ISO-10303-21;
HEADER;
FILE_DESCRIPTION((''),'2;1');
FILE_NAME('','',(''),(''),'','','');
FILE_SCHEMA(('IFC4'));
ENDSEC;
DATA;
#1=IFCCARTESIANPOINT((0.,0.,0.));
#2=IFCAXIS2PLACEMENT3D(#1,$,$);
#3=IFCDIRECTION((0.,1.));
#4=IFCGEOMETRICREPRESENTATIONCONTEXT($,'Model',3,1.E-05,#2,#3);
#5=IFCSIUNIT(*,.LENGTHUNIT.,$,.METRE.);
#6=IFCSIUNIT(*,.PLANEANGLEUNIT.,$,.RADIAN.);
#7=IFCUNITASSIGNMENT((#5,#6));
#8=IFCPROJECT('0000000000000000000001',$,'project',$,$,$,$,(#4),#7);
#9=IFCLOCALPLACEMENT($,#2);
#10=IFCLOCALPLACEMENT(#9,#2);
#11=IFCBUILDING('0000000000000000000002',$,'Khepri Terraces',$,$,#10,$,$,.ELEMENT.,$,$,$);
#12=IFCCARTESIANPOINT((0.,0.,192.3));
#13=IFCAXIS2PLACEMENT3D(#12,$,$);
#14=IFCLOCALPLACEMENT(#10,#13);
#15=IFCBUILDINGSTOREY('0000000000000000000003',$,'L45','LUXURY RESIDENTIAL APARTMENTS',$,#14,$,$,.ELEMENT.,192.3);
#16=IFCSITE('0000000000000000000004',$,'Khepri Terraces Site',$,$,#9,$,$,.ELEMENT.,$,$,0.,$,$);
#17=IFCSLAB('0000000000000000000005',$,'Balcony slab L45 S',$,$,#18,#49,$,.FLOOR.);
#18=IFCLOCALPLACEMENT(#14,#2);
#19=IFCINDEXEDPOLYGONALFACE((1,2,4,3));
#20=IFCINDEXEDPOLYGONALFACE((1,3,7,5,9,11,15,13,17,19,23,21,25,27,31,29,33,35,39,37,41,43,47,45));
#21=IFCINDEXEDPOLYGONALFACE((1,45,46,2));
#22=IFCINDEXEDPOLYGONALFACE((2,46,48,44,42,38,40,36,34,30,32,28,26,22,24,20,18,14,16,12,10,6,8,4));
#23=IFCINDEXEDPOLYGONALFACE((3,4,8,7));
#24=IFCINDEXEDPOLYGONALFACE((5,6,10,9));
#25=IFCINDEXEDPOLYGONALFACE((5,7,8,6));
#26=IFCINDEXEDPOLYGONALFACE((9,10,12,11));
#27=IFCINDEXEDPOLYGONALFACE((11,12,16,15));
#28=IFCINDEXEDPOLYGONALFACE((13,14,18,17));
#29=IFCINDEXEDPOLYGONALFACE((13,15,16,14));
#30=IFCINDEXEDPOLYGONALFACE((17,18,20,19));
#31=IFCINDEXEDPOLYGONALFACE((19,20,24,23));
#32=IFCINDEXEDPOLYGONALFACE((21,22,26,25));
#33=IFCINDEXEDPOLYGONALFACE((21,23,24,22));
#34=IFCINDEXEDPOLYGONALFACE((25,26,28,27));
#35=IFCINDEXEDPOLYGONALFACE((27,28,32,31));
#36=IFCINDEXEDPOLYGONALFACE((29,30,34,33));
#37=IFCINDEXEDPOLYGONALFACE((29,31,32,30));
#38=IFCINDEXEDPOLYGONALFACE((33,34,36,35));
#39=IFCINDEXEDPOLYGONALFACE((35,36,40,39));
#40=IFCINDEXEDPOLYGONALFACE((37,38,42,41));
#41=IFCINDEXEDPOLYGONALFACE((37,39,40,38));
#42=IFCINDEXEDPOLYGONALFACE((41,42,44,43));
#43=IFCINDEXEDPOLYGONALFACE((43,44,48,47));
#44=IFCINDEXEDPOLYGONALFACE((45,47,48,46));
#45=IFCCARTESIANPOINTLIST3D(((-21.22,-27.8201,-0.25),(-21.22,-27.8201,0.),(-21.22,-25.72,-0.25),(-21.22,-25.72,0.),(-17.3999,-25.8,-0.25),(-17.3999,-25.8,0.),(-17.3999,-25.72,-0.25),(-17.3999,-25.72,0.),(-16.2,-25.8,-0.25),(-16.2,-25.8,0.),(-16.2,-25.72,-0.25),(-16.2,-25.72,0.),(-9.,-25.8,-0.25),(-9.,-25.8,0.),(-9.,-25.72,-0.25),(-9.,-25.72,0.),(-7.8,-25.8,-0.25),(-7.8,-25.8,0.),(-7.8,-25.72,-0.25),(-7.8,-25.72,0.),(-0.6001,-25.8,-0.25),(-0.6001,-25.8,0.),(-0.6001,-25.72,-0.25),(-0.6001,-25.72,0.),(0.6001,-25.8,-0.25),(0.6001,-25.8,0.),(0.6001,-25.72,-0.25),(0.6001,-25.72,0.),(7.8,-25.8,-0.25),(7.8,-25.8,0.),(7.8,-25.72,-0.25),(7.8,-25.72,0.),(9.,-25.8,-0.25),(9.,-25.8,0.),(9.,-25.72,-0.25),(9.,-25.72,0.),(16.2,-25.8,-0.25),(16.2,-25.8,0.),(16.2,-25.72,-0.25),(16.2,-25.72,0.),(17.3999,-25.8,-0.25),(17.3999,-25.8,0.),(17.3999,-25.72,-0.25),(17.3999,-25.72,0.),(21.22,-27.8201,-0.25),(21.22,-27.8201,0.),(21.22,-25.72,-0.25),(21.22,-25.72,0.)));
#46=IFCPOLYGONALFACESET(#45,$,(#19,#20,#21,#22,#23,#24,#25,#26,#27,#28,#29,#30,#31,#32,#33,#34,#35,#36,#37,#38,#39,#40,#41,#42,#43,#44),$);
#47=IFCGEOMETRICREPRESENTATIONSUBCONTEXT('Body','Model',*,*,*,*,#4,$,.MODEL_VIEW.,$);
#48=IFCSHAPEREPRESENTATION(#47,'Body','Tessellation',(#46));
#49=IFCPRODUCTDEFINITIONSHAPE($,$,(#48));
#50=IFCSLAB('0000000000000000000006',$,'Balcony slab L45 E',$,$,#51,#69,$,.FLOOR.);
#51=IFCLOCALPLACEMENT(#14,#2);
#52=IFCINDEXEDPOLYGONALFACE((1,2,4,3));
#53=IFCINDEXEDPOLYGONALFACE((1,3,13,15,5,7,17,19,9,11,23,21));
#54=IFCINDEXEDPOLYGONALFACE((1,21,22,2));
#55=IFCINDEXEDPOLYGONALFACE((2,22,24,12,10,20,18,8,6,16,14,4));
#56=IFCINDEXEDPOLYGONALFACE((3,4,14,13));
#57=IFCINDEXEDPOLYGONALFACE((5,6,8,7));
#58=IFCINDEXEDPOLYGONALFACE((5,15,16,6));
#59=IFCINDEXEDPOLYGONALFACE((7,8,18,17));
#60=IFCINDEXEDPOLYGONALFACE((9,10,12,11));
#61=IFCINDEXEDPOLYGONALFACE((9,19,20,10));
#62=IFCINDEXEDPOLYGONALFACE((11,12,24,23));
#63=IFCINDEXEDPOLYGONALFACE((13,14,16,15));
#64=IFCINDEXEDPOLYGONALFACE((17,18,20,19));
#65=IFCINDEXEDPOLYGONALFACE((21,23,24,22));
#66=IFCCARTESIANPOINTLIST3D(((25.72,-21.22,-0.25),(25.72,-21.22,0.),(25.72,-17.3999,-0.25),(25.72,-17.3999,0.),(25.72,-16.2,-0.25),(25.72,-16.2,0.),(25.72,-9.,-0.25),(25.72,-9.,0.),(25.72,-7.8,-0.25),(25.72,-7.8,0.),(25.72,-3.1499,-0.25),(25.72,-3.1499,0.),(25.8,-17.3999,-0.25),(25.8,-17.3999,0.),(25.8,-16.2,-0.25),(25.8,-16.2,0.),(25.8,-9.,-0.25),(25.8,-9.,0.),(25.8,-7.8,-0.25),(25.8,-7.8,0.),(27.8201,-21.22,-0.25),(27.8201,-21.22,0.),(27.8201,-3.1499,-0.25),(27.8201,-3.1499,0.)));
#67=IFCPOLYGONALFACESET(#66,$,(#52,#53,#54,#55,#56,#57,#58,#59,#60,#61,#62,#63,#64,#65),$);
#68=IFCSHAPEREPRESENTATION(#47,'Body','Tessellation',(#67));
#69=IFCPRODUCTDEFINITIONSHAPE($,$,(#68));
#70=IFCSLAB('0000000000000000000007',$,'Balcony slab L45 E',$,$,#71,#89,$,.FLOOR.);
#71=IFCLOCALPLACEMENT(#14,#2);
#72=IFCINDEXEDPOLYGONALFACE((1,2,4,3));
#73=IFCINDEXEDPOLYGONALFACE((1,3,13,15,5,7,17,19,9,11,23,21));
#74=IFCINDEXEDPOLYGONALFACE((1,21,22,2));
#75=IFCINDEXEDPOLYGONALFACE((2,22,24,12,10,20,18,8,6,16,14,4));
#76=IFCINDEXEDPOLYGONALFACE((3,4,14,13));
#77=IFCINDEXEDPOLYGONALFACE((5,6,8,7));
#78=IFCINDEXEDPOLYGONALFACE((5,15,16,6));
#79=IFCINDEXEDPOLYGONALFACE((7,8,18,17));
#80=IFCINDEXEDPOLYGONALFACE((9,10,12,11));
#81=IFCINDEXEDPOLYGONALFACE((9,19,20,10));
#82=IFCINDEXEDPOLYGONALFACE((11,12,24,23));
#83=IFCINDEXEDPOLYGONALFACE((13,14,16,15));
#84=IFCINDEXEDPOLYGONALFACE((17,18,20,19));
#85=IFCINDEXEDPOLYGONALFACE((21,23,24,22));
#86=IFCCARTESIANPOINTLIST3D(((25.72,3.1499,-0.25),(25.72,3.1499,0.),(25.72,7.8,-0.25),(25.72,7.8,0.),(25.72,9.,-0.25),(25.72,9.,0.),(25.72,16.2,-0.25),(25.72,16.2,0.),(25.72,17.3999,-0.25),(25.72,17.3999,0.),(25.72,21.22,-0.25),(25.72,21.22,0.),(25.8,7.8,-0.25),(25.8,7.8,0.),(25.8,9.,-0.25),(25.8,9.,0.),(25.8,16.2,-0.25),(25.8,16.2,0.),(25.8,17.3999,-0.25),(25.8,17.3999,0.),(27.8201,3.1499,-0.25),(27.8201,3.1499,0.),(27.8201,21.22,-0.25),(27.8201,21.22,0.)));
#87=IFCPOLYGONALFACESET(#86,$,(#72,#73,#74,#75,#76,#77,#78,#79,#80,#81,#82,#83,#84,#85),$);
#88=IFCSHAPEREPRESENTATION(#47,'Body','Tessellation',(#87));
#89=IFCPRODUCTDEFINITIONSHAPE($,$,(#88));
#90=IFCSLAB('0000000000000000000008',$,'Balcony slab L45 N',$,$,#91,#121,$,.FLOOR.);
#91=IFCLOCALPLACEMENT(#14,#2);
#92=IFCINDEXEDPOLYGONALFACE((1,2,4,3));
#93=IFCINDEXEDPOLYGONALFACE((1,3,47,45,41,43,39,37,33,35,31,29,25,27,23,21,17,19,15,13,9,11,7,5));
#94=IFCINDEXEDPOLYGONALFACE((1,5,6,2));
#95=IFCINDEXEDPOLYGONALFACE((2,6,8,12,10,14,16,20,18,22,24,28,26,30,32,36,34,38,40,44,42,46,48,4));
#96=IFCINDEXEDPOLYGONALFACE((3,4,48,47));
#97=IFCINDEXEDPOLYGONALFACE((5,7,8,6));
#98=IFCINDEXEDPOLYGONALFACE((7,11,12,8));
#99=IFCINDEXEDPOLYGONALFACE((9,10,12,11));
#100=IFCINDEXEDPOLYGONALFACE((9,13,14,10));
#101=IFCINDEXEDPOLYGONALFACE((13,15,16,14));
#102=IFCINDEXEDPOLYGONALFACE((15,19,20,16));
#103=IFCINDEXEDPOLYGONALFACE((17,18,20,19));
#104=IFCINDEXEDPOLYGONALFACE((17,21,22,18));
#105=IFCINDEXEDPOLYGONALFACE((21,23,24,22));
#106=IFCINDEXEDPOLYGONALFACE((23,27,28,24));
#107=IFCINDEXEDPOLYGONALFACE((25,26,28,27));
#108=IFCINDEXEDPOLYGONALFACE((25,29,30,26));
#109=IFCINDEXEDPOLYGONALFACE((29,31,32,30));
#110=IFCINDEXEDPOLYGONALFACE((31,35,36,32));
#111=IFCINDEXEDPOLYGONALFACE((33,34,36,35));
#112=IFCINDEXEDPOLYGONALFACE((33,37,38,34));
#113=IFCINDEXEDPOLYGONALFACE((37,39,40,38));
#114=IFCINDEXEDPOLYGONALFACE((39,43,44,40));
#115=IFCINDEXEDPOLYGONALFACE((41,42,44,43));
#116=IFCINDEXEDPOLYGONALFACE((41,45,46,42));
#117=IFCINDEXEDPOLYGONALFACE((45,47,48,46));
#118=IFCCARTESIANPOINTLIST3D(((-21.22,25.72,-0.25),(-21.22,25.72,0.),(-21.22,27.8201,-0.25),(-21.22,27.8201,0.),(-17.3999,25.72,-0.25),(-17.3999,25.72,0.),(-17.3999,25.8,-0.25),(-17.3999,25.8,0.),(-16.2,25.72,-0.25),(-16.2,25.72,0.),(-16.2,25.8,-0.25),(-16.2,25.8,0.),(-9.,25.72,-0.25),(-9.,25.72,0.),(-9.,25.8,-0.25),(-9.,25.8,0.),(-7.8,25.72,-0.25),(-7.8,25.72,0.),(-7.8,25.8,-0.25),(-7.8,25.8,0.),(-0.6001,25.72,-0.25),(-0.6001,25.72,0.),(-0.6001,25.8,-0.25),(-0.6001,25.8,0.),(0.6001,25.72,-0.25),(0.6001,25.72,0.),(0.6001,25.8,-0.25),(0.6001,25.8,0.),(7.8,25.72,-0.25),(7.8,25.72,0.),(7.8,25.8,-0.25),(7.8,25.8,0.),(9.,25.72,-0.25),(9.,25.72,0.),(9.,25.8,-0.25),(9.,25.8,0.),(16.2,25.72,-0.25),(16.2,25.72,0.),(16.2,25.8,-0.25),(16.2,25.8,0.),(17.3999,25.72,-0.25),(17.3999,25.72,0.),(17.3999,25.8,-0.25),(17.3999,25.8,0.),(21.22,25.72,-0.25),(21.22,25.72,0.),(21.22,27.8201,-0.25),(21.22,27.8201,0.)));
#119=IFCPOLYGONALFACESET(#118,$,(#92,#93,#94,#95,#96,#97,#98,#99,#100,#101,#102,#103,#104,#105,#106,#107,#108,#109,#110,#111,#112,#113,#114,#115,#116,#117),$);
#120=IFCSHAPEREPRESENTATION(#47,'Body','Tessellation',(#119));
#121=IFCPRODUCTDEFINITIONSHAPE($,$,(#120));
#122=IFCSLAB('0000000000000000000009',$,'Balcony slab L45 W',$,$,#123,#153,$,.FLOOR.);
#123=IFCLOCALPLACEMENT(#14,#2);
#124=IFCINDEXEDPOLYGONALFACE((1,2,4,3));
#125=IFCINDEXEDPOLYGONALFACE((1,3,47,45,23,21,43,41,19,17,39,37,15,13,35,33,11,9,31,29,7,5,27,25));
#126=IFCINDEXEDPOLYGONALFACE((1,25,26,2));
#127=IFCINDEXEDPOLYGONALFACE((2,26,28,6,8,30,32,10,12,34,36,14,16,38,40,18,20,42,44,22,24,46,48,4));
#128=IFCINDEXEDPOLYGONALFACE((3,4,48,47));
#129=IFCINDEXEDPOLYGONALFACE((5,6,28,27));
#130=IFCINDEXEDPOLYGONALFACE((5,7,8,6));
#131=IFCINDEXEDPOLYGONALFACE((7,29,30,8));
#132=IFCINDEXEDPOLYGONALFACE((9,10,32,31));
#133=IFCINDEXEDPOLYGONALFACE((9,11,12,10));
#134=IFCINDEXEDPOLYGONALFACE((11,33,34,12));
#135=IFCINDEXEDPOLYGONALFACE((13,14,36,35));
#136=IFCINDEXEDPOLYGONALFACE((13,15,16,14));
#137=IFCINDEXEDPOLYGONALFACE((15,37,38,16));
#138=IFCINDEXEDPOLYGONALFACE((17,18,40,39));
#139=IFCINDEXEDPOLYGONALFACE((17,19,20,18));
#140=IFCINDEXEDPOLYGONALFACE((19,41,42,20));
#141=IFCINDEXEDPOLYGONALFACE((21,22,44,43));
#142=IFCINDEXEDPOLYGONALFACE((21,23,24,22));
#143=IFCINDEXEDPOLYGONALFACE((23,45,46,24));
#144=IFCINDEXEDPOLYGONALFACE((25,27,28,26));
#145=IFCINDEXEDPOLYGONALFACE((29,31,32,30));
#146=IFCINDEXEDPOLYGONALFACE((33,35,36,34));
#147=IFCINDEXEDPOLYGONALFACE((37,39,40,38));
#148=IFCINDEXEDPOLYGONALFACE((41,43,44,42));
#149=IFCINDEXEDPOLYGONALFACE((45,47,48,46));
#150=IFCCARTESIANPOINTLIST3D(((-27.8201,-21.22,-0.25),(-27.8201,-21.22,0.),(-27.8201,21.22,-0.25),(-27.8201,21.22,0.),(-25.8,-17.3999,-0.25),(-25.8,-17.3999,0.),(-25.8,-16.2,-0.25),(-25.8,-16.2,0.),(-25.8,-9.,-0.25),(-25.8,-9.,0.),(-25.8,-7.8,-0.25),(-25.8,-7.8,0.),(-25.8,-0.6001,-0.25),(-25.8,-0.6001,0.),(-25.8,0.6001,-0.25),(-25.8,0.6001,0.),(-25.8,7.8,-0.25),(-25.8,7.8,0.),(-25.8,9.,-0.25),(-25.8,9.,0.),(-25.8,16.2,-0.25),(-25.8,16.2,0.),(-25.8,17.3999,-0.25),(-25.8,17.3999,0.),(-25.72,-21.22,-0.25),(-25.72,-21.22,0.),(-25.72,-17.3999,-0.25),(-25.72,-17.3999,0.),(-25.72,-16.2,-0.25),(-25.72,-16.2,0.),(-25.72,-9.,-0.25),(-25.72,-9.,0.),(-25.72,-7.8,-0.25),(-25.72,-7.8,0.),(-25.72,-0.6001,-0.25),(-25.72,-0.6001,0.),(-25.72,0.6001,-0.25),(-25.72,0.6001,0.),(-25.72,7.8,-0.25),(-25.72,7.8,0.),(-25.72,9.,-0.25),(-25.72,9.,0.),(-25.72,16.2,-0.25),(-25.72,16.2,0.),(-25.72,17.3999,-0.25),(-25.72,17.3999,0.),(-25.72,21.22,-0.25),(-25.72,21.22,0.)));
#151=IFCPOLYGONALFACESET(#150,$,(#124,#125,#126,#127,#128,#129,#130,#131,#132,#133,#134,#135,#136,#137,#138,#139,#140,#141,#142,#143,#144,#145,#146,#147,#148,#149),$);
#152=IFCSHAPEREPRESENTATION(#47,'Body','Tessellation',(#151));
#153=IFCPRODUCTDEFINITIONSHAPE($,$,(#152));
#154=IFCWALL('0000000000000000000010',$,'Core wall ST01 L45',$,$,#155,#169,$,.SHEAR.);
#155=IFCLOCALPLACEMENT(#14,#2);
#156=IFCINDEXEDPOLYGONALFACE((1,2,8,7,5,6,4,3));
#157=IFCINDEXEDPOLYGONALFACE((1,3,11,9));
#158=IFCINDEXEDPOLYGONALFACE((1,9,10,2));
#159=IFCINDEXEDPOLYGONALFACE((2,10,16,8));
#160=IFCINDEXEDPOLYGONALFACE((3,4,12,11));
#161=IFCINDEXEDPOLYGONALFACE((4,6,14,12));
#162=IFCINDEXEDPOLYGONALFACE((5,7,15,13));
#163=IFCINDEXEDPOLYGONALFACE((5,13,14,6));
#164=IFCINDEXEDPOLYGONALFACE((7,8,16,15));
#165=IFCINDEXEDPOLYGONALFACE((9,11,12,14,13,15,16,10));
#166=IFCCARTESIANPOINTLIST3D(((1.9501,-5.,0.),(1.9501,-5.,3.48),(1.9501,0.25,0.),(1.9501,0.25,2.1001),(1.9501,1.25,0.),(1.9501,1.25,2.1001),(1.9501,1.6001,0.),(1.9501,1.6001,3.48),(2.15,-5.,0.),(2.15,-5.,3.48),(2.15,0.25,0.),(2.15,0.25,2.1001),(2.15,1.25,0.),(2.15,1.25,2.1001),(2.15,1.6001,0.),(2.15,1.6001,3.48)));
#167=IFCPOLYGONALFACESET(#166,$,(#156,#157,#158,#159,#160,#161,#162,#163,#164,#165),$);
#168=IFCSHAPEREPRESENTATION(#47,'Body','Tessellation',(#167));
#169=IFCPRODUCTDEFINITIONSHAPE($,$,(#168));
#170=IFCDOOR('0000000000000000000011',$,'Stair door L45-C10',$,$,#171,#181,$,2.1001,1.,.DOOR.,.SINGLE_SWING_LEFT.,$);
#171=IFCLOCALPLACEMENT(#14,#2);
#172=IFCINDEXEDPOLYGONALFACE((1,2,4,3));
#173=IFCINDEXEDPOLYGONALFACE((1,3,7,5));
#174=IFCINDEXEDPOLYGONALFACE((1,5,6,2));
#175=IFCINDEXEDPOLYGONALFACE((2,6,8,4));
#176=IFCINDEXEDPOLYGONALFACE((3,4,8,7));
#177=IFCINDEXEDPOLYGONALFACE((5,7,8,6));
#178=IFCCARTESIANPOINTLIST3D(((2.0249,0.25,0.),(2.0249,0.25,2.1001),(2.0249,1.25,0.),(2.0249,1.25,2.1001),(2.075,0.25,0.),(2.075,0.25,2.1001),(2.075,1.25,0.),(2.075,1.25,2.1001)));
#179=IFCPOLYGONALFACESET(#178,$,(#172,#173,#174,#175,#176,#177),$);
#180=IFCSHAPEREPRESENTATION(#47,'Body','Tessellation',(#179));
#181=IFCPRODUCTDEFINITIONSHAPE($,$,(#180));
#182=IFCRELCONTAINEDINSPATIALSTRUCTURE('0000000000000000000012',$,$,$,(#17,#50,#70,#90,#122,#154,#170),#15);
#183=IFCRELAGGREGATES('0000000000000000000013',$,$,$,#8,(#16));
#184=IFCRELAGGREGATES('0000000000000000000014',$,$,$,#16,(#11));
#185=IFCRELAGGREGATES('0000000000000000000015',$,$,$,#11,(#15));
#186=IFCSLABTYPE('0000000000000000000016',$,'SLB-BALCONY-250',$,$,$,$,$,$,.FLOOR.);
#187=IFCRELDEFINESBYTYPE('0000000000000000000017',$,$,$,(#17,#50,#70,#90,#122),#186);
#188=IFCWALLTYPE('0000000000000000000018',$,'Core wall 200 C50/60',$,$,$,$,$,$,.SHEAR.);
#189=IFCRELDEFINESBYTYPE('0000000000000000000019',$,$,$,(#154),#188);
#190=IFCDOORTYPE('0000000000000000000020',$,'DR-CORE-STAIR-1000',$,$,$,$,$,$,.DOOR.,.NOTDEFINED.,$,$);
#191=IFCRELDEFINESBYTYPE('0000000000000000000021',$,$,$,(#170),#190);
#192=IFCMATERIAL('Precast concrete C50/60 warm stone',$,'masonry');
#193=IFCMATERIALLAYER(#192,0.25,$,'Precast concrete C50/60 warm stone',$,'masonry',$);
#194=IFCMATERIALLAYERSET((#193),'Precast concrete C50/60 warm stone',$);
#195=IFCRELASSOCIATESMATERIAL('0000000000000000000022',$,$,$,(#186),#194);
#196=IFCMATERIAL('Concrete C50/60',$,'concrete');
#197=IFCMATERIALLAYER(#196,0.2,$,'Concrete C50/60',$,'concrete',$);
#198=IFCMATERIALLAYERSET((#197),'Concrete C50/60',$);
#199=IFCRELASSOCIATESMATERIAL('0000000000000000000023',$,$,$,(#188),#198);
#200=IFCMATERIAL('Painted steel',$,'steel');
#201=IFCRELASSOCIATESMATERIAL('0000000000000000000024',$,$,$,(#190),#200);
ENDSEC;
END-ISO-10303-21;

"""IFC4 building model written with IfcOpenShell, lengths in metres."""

from ifc_helpers import new_model, si_unit, direction, frame, frame_2d, origin, place, context, subcontext, project, spatial, polyline, rectangle, outline, extrude, material, layer, layer_set, type_object, element, fill, save


model = new_model("IFC4")

# Units and contexts
model_context = context("Model", 3, precision=1e-05, world=origin(), true_north=direction((0.0, 1.0)))
body_context = subcontext(model_context, "Body", "Model", "MODEL_VIEW")
ifc_project = project(units=[si_unit("LENGTHUNIT", "METRE"), si_unit("PLANEANGLEUNIT", "RADIAN")], contexts=[model_context])

# Site, building, storey
site_placement = place(None, origin())
site = spatial("IfcSite", under=ifc_project, at=site_placement, Name="Khepri Terraces Site", CompositionType="ELEMENT", RefElevation=0.0)
building_placement = place(site_placement, origin())
building = spatial("IfcBuilding", under=site, at=building_placement, Name="Khepri Terraces", CompositionType="ELEMENT")
storey_placement = place(building_placement, frame((0.0, 0.0, 192.3)))
storey = spatial("IfcBuildingStorey", under=building, at=storey_placement, Name="L45", Description="LUXURY RESIDENTIAL APARTMENTS", CompositionType="ELEMENT", Elevation=192.3)

# Slabs
ifc_material_1 = material(Name="Precast concrete C50/60 warm stone", Category="masonry")
ifc_layer_1 = layer(ifc_material_1, 0.25, Name="Precast concrete C50/60 warm stone", Category="masonry")
ifc_layer_set_1 = layer_set([ifc_layer_1], Name="Precast concrete C50/60 warm stone")
slab_type = type_object("IfcSlabType", Name="SLB-BALCONY-250", PredefinedType="FLOOR", material=ifc_layer_set_1)
slab_1_placement = place(storey_placement, frame((0.0, 0.0, -0.25)))
element("IfcSlab", 1, at=slab_1_placement, inside=storey, type_object=slab_type, Name="Balcony slab L45 S", PredefinedType="FLOOR", context=body_context, shape_type="SweptSolid", body=[
    extrude(outline(polyline([(-17.3999, -25.72), (-21.22, -25.72), (-21.22, -27.8201), (21.22, -27.8201), (21.22, -25.72), (17.3999, -25.72), (17.3999, -25.8), (16.2, -25.8), (16.2, -25.72), (9.0, -25.72), (9.0, -25.8), (7.8, -25.8), (7.8, -25.72), (0.6001, -25.72), (0.6001, -25.8), (-0.6001, -25.8), (-0.6001, -25.72), (-7.8, -25.72), (-7.8, -25.8), (-9.0, -25.8), (-9.0, -25.72), (-16.2, -25.72), (-16.2, -25.8), (-17.3999, -25.8), (-17.3999, -25.72)])), origin(), (0.0, 0.0, 1.0), 0.25),
])
slab_2_placement = place(storey_placement, frame((0.0, 0.0, -0.25)))
element("IfcSlab", 2, at=slab_2_placement, inside=storey, type_object=slab_type, Name="Balcony slab L45 E", PredefinedType="FLOOR", context=body_context, shape_type="SweptSolid", body=[
    extrude(outline(polyline([(25.72, -17.3999), (25.72, -21.22), (27.8201, -21.22), (27.8201, -3.1499), (25.72, -3.1499), (25.72, -7.8), (25.8, -7.8), (25.8, -9.0), (25.72, -9.0), (25.72, -16.2), (25.8, -16.2), (25.8, -17.3999), (25.72, -17.3999)])), origin(), (0.0, 0.0, 1.0), 0.25),
])
slab_3_placement = place(storey_placement, frame((0.0, 0.0, -0.25)))
element("IfcSlab", 3, at=slab_3_placement, inside=storey, type_object=slab_type, Name="Balcony slab L45 E", PredefinedType="FLOOR", context=body_context, shape_type="SweptSolid", body=[
    extrude(outline(polyline([(25.72, 7.8), (25.72, 3.1499), (27.8201, 3.1499), (27.8201, 21.22), (25.72, 21.22), (25.72, 17.3999), (25.8, 17.3999), (25.8, 16.2), (25.72, 16.2), (25.72, 9.0), (25.8, 9.0), (25.8, 7.8), (25.72, 7.8)])), origin(), (0.0, 0.0, 1.0), 0.25),
])
slab_4_placement = place(storey_placement, frame((0.0, 0.0, -0.25)))
element("IfcSlab", 4, at=slab_4_placement, inside=storey, type_object=slab_type, Name="Balcony slab L45 N", PredefinedType="FLOOR", context=body_context, shape_type="SweptSolid", body=[
    extrude(outline(polyline([(17.3999, 25.72), (21.22, 25.72), (21.22, 27.8201), (-21.22, 27.8201), (-21.22, 25.72), (-17.3999, 25.72), (-17.3999, 25.8), (-16.2, 25.8), (-16.2, 25.72), (-9.0, 25.72), (-9.0, 25.8), (-7.8, 25.8), (-7.8, 25.72), (-0.6001, 25.72), (-0.6001, 25.8), (0.6001, 25.8), (0.6001, 25.72), (7.8, 25.72), (7.8, 25.8), (9.0, 25.8), (9.0, 25.72), (16.2, 25.72), (16.2, 25.8), (17.3999, 25.8), (17.3999, 25.72)])), origin(), (0.0, 0.0, 1.0), 0.25),
])
slab_5_placement = place(storey_placement, frame((0.0, 0.0, -0.25)))
element("IfcSlab", 5, at=slab_5_placement, inside=storey, type_object=slab_type, Name="Balcony slab L45 W", PredefinedType="FLOOR", context=body_context, shape_type="SweptSolid", body=[
    extrude(outline(polyline([(-25.72, 17.3999), (-25.72, 21.22), (-27.8201, 21.22), (-27.8201, -21.22), (-25.72, -21.22), (-25.72, -17.3999), (-25.8, -17.3999), (-25.8, -16.2), (-25.72, -16.2), (-25.72, -9.0), (-25.8, -9.0), (-25.8, -7.8), (-25.72, -7.8), (-25.72, -0.6001), (-25.8, -0.6001), (-25.8, 0.6001), (-25.72, 0.6001), (-25.72, 7.8), (-25.8, 7.8), (-25.8, 9.0), (-25.72, 9.0), (-25.72, 16.2), (-25.8, 16.2), (-25.8, 17.3999), (-25.72, 17.3999)])), origin(), (0.0, 0.0, 1.0), 0.25),
])

# Wall, opening, door
ifc_material_2 = material(Name="Concrete C50/60", Category="concrete")
ifc_layer_2 = layer(ifc_material_2, 0.2, Name="Concrete C50/60", Category="concrete")
ifc_layer_set_2 = layer_set([ifc_layer_2], Name="Concrete C50/60")
wall_type_1 = type_object("IfcWallType", Name="Core wall 200 C50/60", PredefinedType="SHEAR", material=ifc_layer_set_2)
wall_1_placement = place(storey_placement, frame((2.05, -5.0, 0.0), z_axis=(0.0, 0.0, 1.0), x_axis=(0.0, 1.0, 0.0)))
wall_1 = element("IfcWall", 6, at=wall_1_placement, inside=storey, type_object=wall_type_1, Name="Core wall ST01 L45", PredefinedType="SHEAR", context=body_context, shape_type="SweptSolid", body=[
    extrude(rectangle(XDim=6.6001, YDim=0.2, at=frame_2d((3.3, 0.0))), origin(), (0.0, 0.0, 1.0), 3.48),
])
opening_placement = place(wall_1_placement, frame((5.25, 0.0, 0.0)))
opening = element("IfcOpeningElement", 7, at=opening_placement, cuts=wall_1, PredefinedType="OPENING", context=body_context, shape_type="SweptSolid", body=[
    extrude(rectangle(XDim=1.0, YDim=2.1001, at=frame_2d((0.5, 1.05))), frame((0.0, 0.1099, 0.0), z_axis=(0.0, -1.0, 0.0), x_axis=(1.0, 0.0, 0.0)), (0.0, 0.0, 1.0), 0.22),
])
ifc_material_3 = material(Name="Painted steel", Category="steel")
door_type = type_object("IfcDoorType", Name="DR-CORE-STAIR-1000", OperationType="NOTDEFINED", PredefinedType="DOOR", material=ifc_material_3)
door_placement = place(opening_placement, frame((1.0, 0.0, 0.0), z_axis=(0.0, 0.0, 1.0), x_axis=(-1.0, 0.0, 0.0)))
door = element("IfcDoor", 8, at=door_placement, inside=storey, type_object=door_type, Name="Stair door L45-C10", OperationType="SINGLE_SWING_LEFT", OverallHeight=2.1001, OverallWidth=1.0, PredefinedType="DOOR", context=body_context, shape_type="SweptSolid", body=[
    extrude(rectangle(XDim=1.0, YDim=2.1001, at=frame_2d((0.5, 1.05))), frame((0.0, 0.0249, 0.0), z_axis=(0.0, -1.0, 0.0), x_axis=(1.0, 0.0, 0.0)), (0.0, 0.0, 1.0), 0.05),
])
fill(opening, door)

save(model, "model.ifc")
